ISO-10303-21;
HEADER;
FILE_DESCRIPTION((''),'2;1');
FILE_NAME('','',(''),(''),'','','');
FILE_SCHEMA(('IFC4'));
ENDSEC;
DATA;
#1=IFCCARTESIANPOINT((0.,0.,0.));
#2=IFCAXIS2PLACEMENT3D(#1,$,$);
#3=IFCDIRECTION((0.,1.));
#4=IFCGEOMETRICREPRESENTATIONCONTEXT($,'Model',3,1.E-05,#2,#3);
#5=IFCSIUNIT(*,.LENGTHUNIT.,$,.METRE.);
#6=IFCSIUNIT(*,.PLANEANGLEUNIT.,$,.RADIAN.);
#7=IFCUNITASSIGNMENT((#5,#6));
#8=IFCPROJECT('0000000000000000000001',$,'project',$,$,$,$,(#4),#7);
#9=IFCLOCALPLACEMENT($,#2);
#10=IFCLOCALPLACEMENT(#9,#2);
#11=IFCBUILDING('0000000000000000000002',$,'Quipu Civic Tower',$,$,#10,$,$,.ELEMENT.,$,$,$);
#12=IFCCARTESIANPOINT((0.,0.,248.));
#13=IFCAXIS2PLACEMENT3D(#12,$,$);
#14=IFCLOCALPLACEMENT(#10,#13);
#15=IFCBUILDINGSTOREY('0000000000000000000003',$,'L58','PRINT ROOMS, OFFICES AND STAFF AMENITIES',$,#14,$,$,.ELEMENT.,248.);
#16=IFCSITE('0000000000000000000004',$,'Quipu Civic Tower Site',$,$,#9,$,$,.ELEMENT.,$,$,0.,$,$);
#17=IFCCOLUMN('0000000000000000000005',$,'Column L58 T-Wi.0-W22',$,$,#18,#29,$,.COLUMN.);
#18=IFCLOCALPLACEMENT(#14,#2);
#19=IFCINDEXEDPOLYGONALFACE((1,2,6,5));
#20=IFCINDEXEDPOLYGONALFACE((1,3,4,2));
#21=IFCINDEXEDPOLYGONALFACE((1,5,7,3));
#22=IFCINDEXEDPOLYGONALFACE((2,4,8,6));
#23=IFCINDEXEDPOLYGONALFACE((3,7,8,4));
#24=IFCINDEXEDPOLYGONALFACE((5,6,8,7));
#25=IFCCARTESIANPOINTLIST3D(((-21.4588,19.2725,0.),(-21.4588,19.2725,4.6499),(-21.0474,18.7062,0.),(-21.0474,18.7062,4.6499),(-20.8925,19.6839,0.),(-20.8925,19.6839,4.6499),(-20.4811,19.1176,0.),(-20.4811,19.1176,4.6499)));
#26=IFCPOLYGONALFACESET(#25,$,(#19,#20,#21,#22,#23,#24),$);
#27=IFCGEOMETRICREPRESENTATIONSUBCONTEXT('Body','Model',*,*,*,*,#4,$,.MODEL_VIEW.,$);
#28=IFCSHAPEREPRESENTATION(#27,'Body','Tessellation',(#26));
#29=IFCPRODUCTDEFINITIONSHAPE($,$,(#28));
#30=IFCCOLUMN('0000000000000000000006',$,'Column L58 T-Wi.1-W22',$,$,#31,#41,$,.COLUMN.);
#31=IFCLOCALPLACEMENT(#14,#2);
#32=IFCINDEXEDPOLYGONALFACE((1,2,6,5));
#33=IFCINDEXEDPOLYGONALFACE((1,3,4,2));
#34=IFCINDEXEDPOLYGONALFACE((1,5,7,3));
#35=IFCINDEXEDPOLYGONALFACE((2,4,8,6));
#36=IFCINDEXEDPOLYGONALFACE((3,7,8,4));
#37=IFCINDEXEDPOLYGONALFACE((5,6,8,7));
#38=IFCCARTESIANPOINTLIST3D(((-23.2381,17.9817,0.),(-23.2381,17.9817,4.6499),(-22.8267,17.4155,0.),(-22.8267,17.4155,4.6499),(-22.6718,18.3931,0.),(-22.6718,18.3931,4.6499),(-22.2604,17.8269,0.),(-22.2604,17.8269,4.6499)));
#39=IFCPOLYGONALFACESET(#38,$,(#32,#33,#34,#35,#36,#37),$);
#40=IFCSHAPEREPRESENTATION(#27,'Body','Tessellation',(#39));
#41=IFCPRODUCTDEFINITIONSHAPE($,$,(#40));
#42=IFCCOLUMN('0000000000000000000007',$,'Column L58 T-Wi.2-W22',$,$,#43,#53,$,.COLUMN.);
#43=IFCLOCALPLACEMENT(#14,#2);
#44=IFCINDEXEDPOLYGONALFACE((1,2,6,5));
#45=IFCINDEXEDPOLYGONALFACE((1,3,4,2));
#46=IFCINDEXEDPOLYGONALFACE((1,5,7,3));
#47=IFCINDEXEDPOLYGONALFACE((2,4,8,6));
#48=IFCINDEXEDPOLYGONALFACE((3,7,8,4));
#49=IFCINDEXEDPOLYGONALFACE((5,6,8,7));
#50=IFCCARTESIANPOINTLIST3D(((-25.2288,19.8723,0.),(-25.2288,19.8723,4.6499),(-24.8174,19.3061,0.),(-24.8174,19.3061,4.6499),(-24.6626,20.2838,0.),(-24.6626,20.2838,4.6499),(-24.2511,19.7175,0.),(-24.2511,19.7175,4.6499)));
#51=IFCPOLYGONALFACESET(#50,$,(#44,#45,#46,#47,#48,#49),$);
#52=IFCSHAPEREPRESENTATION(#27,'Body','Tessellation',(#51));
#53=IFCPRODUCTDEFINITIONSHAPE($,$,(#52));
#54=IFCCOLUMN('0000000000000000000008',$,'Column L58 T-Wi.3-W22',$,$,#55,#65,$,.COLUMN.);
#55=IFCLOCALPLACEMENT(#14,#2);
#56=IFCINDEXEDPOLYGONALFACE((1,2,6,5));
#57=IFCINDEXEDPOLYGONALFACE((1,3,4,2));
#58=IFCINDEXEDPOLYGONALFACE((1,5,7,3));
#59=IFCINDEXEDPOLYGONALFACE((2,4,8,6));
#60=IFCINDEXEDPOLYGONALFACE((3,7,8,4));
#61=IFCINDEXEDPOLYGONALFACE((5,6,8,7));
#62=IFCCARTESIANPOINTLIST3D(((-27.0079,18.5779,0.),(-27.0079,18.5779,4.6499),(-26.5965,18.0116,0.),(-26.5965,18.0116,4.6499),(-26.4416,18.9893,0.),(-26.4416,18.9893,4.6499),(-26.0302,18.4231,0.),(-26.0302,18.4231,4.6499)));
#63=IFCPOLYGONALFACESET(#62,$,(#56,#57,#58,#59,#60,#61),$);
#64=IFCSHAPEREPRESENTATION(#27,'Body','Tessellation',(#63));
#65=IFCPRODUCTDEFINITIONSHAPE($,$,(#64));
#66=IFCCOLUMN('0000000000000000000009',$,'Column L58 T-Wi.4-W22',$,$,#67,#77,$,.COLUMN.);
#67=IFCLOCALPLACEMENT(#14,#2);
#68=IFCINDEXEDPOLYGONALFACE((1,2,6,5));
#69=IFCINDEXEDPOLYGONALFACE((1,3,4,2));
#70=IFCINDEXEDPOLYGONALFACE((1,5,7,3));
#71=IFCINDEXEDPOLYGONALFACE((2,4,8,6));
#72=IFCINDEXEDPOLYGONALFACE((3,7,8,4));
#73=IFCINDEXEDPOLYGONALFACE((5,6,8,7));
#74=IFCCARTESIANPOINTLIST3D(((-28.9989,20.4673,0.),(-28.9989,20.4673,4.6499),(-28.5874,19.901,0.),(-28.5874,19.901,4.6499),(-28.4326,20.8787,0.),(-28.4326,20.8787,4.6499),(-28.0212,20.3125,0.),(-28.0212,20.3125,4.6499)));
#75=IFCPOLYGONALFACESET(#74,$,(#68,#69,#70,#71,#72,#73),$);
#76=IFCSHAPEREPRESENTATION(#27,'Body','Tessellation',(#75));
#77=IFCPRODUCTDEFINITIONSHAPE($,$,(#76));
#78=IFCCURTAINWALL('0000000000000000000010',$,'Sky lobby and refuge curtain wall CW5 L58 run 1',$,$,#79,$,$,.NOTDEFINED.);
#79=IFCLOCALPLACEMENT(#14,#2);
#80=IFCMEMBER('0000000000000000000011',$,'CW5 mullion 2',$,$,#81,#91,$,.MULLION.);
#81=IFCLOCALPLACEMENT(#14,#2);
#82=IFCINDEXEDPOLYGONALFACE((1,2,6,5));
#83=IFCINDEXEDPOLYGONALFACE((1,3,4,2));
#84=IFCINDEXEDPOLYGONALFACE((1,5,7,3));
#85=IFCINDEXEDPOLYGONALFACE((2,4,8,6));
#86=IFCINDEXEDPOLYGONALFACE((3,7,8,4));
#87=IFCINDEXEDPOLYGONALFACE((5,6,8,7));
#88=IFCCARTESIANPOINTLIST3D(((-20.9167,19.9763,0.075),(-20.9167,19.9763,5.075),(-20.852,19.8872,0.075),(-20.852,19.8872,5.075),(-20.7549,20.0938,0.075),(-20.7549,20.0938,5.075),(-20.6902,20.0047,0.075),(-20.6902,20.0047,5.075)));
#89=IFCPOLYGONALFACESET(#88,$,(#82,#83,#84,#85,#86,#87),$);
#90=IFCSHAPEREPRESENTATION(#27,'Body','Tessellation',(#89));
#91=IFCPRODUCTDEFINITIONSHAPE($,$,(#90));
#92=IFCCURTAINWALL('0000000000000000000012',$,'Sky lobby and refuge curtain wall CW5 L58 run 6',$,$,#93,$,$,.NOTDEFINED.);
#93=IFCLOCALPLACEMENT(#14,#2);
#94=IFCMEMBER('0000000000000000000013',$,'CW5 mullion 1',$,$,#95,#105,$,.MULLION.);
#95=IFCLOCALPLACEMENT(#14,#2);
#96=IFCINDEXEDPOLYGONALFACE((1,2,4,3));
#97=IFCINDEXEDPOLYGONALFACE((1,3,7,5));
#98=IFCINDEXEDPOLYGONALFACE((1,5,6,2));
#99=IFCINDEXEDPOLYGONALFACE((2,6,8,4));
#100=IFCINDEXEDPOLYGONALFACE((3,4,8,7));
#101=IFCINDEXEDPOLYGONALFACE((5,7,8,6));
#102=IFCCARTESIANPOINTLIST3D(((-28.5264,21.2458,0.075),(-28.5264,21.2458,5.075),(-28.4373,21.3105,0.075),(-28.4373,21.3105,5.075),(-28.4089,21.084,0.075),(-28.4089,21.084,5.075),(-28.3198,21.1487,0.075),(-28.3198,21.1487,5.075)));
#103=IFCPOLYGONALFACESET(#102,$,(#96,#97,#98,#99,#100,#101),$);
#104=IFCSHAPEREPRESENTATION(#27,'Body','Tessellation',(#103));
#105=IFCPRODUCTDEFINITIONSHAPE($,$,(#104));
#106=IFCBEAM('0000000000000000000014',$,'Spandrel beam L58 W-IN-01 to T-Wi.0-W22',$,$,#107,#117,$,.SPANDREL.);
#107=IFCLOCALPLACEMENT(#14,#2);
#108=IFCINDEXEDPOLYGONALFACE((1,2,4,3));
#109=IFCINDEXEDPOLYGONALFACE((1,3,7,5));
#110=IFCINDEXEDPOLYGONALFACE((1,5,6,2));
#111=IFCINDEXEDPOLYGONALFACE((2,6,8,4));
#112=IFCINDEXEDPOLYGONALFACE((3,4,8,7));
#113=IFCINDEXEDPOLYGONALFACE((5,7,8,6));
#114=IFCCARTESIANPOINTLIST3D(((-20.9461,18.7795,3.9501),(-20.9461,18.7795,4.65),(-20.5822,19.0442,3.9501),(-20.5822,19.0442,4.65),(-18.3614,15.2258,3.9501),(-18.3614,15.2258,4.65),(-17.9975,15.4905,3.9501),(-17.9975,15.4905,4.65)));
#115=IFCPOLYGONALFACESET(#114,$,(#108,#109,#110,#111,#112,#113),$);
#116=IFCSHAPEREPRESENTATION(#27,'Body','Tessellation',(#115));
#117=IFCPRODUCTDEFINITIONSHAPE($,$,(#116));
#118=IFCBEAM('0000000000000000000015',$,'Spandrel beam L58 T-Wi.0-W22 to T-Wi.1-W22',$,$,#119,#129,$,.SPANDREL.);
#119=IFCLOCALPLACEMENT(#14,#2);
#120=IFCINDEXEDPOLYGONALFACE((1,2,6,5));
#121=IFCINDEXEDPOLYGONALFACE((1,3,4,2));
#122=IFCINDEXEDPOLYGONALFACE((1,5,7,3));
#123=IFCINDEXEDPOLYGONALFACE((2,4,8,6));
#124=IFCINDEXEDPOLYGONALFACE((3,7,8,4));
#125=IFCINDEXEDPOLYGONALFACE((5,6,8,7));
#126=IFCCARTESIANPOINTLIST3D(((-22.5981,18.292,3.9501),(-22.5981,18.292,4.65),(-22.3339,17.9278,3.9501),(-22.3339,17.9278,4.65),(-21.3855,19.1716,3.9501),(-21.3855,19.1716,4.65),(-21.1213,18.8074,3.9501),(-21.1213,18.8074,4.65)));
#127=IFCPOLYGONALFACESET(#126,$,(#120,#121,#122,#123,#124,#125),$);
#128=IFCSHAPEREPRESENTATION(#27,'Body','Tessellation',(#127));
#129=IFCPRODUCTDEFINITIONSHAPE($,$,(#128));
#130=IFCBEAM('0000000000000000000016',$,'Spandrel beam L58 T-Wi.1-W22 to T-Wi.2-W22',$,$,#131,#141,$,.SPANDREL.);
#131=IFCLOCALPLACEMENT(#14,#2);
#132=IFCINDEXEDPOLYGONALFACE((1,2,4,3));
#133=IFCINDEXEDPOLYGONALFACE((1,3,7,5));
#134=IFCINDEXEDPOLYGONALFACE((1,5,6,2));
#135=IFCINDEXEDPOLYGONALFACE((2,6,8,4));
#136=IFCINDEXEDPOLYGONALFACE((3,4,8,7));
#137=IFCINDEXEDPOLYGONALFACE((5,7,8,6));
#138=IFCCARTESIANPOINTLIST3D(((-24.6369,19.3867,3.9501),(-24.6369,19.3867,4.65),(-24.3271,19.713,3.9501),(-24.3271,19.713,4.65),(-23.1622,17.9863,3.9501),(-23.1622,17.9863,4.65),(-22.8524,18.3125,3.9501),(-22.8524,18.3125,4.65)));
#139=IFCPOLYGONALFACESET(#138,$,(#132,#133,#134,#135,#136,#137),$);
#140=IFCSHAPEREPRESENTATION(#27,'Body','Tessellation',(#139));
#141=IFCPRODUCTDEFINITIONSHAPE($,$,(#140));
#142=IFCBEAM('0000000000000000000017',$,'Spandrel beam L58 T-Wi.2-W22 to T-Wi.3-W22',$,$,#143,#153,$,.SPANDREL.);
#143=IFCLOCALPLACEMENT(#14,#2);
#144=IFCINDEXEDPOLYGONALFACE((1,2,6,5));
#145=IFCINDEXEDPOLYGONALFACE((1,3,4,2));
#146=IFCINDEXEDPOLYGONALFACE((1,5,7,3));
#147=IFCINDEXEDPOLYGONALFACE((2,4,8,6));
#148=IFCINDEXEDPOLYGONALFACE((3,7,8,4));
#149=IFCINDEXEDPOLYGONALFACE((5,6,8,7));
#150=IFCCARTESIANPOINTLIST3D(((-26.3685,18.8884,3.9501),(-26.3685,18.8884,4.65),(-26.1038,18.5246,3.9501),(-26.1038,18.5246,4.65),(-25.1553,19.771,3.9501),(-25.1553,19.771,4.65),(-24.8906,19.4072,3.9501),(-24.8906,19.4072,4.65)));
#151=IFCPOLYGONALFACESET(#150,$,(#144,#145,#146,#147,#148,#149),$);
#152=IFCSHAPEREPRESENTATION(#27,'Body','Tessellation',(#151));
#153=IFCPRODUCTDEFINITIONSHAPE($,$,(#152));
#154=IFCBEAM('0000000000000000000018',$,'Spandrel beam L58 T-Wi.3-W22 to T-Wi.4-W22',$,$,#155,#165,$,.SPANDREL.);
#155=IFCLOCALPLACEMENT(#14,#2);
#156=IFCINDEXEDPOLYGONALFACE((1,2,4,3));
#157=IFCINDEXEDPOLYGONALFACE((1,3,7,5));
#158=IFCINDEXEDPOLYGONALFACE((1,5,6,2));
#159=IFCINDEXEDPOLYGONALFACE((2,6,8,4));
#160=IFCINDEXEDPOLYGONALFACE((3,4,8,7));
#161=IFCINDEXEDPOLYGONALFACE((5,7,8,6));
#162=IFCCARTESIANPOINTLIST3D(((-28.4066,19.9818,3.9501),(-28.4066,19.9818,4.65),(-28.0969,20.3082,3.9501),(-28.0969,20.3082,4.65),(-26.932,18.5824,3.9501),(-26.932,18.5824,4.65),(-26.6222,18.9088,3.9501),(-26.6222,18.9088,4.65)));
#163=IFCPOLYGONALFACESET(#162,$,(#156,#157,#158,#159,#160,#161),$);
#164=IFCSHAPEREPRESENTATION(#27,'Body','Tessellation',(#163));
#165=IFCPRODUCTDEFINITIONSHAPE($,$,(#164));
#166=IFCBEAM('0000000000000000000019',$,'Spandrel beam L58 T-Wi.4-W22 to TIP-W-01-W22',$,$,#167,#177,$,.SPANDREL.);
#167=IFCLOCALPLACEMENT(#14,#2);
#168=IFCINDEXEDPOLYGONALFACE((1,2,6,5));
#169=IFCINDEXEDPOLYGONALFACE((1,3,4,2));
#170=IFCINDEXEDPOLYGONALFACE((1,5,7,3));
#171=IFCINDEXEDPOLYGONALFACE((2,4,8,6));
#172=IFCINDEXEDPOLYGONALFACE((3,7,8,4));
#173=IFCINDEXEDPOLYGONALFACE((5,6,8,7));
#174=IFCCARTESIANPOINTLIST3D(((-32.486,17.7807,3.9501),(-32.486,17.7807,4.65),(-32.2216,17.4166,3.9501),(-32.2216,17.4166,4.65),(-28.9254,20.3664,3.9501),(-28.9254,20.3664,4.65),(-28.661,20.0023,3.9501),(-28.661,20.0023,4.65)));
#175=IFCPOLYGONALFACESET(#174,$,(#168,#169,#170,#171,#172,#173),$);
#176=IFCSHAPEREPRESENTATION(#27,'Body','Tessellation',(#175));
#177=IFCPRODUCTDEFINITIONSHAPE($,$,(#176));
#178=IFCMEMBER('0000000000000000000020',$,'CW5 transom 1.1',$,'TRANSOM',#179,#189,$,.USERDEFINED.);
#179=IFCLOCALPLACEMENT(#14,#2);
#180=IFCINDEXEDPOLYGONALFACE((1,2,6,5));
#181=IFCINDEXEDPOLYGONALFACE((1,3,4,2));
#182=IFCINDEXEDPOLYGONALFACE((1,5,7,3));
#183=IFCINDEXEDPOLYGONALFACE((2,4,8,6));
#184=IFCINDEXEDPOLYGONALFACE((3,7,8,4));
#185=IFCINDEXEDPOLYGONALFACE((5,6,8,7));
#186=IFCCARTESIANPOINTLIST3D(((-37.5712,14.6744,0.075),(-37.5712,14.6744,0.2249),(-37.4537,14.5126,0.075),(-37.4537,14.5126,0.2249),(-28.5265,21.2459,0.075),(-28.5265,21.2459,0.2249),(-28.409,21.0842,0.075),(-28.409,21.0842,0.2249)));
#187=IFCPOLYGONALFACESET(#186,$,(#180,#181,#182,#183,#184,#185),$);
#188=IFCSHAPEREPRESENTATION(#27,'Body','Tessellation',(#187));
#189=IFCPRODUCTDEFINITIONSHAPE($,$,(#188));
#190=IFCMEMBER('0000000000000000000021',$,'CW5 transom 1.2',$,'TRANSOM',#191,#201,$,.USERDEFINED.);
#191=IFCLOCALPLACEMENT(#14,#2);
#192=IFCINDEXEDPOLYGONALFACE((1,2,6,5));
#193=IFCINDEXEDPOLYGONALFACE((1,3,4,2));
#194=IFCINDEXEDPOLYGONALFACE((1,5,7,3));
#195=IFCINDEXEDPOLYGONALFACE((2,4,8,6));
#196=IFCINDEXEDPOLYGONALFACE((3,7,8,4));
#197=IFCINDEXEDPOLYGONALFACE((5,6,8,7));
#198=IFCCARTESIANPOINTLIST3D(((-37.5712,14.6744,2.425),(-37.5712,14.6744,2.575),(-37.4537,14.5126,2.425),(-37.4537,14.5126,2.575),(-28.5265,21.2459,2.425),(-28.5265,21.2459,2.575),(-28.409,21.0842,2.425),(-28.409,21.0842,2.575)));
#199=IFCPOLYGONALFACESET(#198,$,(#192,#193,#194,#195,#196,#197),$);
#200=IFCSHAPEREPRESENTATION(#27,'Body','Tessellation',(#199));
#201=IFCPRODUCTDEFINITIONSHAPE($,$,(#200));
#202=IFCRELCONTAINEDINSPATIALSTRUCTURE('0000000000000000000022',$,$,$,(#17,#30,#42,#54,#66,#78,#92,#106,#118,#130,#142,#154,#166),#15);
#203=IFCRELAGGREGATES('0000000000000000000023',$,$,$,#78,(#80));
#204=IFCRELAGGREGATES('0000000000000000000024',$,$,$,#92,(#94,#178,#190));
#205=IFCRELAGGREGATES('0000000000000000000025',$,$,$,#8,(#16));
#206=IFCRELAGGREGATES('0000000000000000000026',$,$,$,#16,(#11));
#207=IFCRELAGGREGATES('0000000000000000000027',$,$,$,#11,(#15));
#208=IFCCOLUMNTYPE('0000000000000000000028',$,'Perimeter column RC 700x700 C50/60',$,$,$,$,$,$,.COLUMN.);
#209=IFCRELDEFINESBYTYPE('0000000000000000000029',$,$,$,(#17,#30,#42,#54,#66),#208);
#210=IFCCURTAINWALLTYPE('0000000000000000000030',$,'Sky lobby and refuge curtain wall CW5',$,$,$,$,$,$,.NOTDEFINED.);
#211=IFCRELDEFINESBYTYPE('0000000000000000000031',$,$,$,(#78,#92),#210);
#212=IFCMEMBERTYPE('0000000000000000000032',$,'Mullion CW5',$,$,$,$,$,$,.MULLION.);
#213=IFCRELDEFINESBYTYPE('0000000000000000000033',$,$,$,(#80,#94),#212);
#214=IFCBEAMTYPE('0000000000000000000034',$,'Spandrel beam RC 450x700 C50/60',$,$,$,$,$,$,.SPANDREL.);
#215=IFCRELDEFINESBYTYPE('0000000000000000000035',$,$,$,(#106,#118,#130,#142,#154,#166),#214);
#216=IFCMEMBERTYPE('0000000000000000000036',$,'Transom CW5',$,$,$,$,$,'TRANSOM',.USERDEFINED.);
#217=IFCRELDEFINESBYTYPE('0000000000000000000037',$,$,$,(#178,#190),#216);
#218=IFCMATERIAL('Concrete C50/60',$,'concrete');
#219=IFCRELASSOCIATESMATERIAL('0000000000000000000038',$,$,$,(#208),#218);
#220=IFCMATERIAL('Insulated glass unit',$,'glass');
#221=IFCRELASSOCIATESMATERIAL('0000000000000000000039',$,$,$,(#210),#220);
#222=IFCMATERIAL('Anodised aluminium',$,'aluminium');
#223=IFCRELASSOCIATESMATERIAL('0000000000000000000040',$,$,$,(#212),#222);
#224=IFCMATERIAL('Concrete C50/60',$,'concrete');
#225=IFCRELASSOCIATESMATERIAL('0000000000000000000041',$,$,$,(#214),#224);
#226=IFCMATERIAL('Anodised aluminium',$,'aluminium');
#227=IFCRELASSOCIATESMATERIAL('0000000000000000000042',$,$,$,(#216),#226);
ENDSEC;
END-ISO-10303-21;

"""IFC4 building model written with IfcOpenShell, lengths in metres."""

from ifc_helpers import new_model, si_unit, direction, frame, origin, origin_2d, place, context, subcontext, project, spatial, rectangle, extrude, material, material_profile, profile_set, type_object, element, aggregate, save


model = new_model("IFC4")

# Units and contexts
model_context = context("Model", 3, precision=1e-05, world=origin(), true_north=direction((0.0, 1.0)))
body_context = subcontext(model_context, "Body", "Model", "MODEL_VIEW")
ifc_project = project(units=[si_unit("LENGTHUNIT", "METRE"), si_unit("PLANEANGLEUNIT", "RADIAN")], contexts=[model_context])

# Site, building, storey
site_placement = place(None, origin())
site = spatial("IfcSite", under=ifc_project, at=site_placement, Name="Quipu Civic Tower Site", CompositionType="ELEMENT", RefElevation=0.0)
building_placement = place(site_placement, origin())
building = spatial("IfcBuilding", under=site, at=building_placement, Name="Quipu Civic Tower", CompositionType="ELEMENT")
storey_placement = place(building_placement, frame((0.0, 0.0, 248.0)))
storey = spatial("IfcBuildingStorey", under=building, at=storey_placement, Name="L58", Description="PRINT ROOMS, OFFICES AND STAFF AMENITIES", CompositionType="ELEMENT", Elevation=248.0)

# Columns
ifc_material_1 = material(Name="Concrete C50/60", Category="concrete")
ifc_material_profile_1 = material_profile(ifc_material_1, rectangle(XDim=0.7, YDim=0.7, at=origin_2d()), Name="RC700x700")
ifc_profile_set_1 = profile_set([ifc_material_profile_1], Name="Concrete C50/60")
column_type = type_object("IfcColumnType", Name="Perimeter column RC 700x700 C50/60", PredefinedType="COLUMN", material=ifc_profile_set_1)
for number, where, z_axis, x_axis, name in (
    (1, (-20.97, 19.1951, 0.0), (0.0, 0.0, 1.0), (-0.587785, 0.809017, 0.0), "Column L58 T-Wi.0-W22"),
    (2, (-22.7493, 17.9043, 0.0), (0.0, 0.0, 1.0), (-0.587785, 0.809017, 0.0), "Column L58 T-Wi.1-W22"),
    (3, (-24.74, 19.7949, 0.0), (0.0, 0.0, 1.0), (-0.587785, 0.809017, 0.0), "Column L58 T-Wi.2-W22"),
    (4, (-26.519, 18.5005, 0.0), (0.0, 0.0, 1.0), (-0.587785, 0.809017, 0.0), "Column L58 T-Wi.3-W22"),
    (5, (-28.51, 20.3899, 0.0), (0.0, 0.0, 1.0), (-0.809017, -0.587785, 0.0), "Column L58 T-Wi.4-W22"),
):
    element("IfcColumn", number, at=place(storey_placement, frame(where, z_axis=z_axis, x_axis=x_axis)), inside=storey, type_object=column_type, Name=name, PredefinedType="COLUMN", context=body_context, shape_type="SweptSolid", body=[
        extrude(rectangle(XDim=0.7, YDim=0.7, at=origin_2d()), origin(), (0.0, 0.0, 1.0), 4.6499),
    ])

# Curtain walls, members
ifc_material_2 = material(Name="Insulated glass unit", Category="glass")
curtain_wall_type = type_object("IfcCurtainWallType", Name="Sky lobby and refuge curtain wall CW5", PredefinedType="NOTDEFINED", material=ifc_material_2)
curtain_wall_1_placement = place(storey_placement, origin())
curtain_wall_1 = element("IfcCurtainWall", 6, at=curtain_wall_1_placement, inside=storey, type_object=curtain_wall_type, Name="Sky lobby and refuge curtain wall CW5 L58 run 1", PredefinedType="NOTDEFINED")
ifc_material_3 = material(Name="Anodised aluminium", Category="aluminium")
ifc_material_profile_2 = material_profile(ifc_material_3, rectangle(XDim=0.2, YDim=0.1101, at=origin_2d()), Name="RECT 200x110")
ifc_profile_set_2 = profile_set([ifc_material_profile_2], Name="Anodised aluminium")
member_type_1 = type_object("IfcMemberType", Name="Mullion CW5", PredefinedType="MULLION", material=ifc_profile_set_2)
member_1_placement = place(storey_placement, frame((-20.8035, 19.9905, 0.075), z_axis=(0.0, 0.0, 1.0), x_axis=(-0.809015, -0.587788, 0.0)))
member_1 = element("IfcMember", 7, at=member_1_placement, type_object=member_type_1, Name="CW5 mullion 2", PredefinedType="MULLION", context=body_context, shape_type="SweptSolid", body=[
    extrude(rectangle(XDim=0.2, YDim=0.1101, at=origin_2d()), origin(), (0.0, 0.0, 1.0), 5.0),
])
aggregate(curtain_wall_1, [member_1])
curtain_wall_2_placement = place(storey_placement, origin())
curtain_wall_2 = element("IfcCurtainWall", 8, at=curtain_wall_2_placement, inside=storey, type_object=curtain_wall_type, Name="Sky lobby and refuge curtain wall CW5 L58 run 6", PredefinedType="NOTDEFINED")
member_2_placement = place(storey_placement, frame((-28.4231, 21.1973, 0.075), z_axis=(0.0, 0.0, 1.0), x_axis=(0.587788, -0.809015, 0.0)))
member_2 = element("IfcMember", 9, at=member_2_placement, type_object=member_type_1, Name="CW5 mullion 1", PredefinedType="MULLION", context=body_context, shape_type="SweptSolid", body=[
    extrude(rectangle(XDim=0.2, YDim=0.1101, at=origin_2d()), origin(), (0.0, 0.0, 1.0), 5.0),
])

# Beams
ifc_material_4 = material(Name="Concrete C50/60", Category="concrete")
ifc_material_profile_3 = material_profile(ifc_material_4, rectangle(XDim=0.45, YDim=0.7, at=origin_2d()), Name="RC450x700")
ifc_profile_set_3 = profile_set([ifc_material_profile_3], Name="Concrete C50/60")
beam_type = type_object("IfcBeamType", Name="Spandrel beam RC 450x700 C50/60", PredefinedType="SPANDREL", material=ifc_profile_set_3)
beam_1_placement = place(storey_placement, frame((-18.1794, 15.3582, 4.3), z_axis=(-0.588201, 0.808714, 0.0), x_axis=(-0.808714, -0.588201, 0.0)))
element("IfcBeam", 10, at=beam_1_placement, inside=storey, type_object=beam_type, Name="Spandrel beam L58 W-IN-01 to T-Wi.0-W22", PredefinedType="SPANDREL", context=body_context, shape_type="SweptSolid", body=[
    extrude(rectangle(XDim=0.45, YDim=0.7, at=origin_2d()), origin(), (0.0, 0.0, 1.0), 4.3943),
])
beam_2_placement = place(storey_placement, frame((-21.2534, 18.9895, 4.3), z_axis=(-0.809461, -0.587173, 0.0), x_axis=(0.587173, -0.809461, 0.0)))
element("IfcBeam", 11, at=beam_2_placement, inside=storey, type_object=beam_type, Name="Spandrel beam L58 T-Wi.0-W22 to T-Wi.1-W22", PredefinedType="SPANDREL", context=body_context, shape_type="SweptSolid", body=[
    extrude(rectangle(XDim=0.45, YDim=0.7, at=origin_2d()), origin(), (0.0, 0.0, 1.0), 1.498),
])
beam_3_placement = place(storey_placement, frame((-23.0073, 18.1494, 4.3), z_axis=(-0.725119, 0.688623, 0.0), x_axis=(-0.688623, -0.725119, 0.0)))
element("IfcBeam", 12, at=beam_3_placement, inside=storey, type_object=beam_type, Name="Spandrel beam L58 T-Wi.1-W22 to T-Wi.2-W22", PredefinedType="SPANDREL", context=body_context, shape_type="SweptSolid", body=[
    extrude(rectangle(XDim=0.45, YDim=0.7, at=origin_2d()), origin(), (0.0, 0.0, 1.0), 2.0337),
])
beam_4_placement = place(storey_placement, frame((-25.0229, 19.5891, 4.3), z_axis=(-0.808645, -0.588297, 0.0), x_axis=(0.588297, -0.808645, 0.0)))
element("IfcBeam", 13, at=beam_4_placement, inside=storey, type_object=beam_type, Name="Spandrel beam L58 T-Wi.2-W22 to T-Wi.3-W22", PredefinedType="SPANDREL", context=body_context, shape_type="SweptSolid", body=[
    extrude(rectangle(XDim=0.45, YDim=0.7, at=origin_2d()), origin(), (0.0, 0.0, 1.0), 1.5002),
])
beam_5_placement = place(storey_placement, frame((-26.7771, 18.7456, 4.3), z_axis=(-0.725359, 0.688371, 0.0), x_axis=(-0.688371, -0.725359, 0.0)))
element("IfcBeam", 14, at=beam_5_placement, inside=storey, type_object=beam_type, Name="Spandrel beam L58 T-Wi.3-W22 to T-Wi.4-W22", PredefinedType="SPANDREL", context=body_context, shape_type="SweptSolid", body=[
    extrude(rectangle(XDim=0.45, YDim=0.7, at=origin_2d()), origin(), (0.0, 0.0, 1.0), 2.033),
])
beam_6_placement = place(storey_placement, frame((-28.7932, 20.1843, 4.3), z_axis=(-0.809146, -0.587607, 0.0), x_axis=(0.587607, -0.809146, 0.0)))
element("IfcBeam", 15, at=beam_6_placement, inside=storey, type_object=beam_type, Name="Spandrel beam L58 T-Wi.4-W22 to TIP-W-01-W22", PredefinedType="SPANDREL", context=body_context, shape_type="SweptSolid", body=[
    extrude(rectangle(XDim=0.45, YDim=0.7, at=origin_2d()), origin(), (0.0, 0.0, 1.0), 4.4004),
])

# Members
ifc_material_5 = material(Name="Anodised aluminium", Category="aluminium")
ifc_material_profile_4 = material_profile(ifc_material_5, rectangle(XDim=0.2, YDim=0.1499, at=origin_2d()), Name="RECT 200x150")
ifc_profile_set_4 = profile_set([ifc_material_profile_4], Name="Anodised aluminium")
member_type_2 = type_object("IfcMemberType", Name="Transom CW5", ElementType="TRANSOM", PredefinedType="USERDEFINED", material=ifc_profile_set_4)
member_3_placement = place(storey_placement, frame((-28.4678, 21.165, 0.1499), z_axis=(-0.809009, -0.587796, 0.0), x_axis=(0.587796, -0.809009, 0.0)))
member_3 = element("IfcMember", 16, at=member_3_placement, type_object=member_type_2, Name="CW5 transom 1.1", ObjectType="TRANSOM", PredefinedType="USERDEFINED", context=body_context, shape_type="SweptSolid", body=[
    extrude(rectangle(XDim=0.2, YDim=0.1499, at=origin_2d()), origin(), (0.0, 0.0, 1.0), 11.1799),
])
member_4_placement = place(storey_placement, frame((-28.4678, 21.165, 2.5), z_axis=(-0.809009, -0.587796, 0.0), x_axis=(0.587796, -0.809009, 0.0)))
member_4 = element("IfcMember", 17, at=member_4_placement, type_object=member_type_2, Name="CW5 transom 1.2", ObjectType="TRANSOM", PredefinedType="USERDEFINED", context=body_context, shape_type="SweptSolid", body=[
    extrude(rectangle(XDim=0.2, YDim=0.1499, at=origin_2d()), origin(), (0.0, 0.0, 1.0), 11.1799),
])
aggregate(curtain_wall_2, [member_2, member_3, member_4])

save(model, "model.ifc")
